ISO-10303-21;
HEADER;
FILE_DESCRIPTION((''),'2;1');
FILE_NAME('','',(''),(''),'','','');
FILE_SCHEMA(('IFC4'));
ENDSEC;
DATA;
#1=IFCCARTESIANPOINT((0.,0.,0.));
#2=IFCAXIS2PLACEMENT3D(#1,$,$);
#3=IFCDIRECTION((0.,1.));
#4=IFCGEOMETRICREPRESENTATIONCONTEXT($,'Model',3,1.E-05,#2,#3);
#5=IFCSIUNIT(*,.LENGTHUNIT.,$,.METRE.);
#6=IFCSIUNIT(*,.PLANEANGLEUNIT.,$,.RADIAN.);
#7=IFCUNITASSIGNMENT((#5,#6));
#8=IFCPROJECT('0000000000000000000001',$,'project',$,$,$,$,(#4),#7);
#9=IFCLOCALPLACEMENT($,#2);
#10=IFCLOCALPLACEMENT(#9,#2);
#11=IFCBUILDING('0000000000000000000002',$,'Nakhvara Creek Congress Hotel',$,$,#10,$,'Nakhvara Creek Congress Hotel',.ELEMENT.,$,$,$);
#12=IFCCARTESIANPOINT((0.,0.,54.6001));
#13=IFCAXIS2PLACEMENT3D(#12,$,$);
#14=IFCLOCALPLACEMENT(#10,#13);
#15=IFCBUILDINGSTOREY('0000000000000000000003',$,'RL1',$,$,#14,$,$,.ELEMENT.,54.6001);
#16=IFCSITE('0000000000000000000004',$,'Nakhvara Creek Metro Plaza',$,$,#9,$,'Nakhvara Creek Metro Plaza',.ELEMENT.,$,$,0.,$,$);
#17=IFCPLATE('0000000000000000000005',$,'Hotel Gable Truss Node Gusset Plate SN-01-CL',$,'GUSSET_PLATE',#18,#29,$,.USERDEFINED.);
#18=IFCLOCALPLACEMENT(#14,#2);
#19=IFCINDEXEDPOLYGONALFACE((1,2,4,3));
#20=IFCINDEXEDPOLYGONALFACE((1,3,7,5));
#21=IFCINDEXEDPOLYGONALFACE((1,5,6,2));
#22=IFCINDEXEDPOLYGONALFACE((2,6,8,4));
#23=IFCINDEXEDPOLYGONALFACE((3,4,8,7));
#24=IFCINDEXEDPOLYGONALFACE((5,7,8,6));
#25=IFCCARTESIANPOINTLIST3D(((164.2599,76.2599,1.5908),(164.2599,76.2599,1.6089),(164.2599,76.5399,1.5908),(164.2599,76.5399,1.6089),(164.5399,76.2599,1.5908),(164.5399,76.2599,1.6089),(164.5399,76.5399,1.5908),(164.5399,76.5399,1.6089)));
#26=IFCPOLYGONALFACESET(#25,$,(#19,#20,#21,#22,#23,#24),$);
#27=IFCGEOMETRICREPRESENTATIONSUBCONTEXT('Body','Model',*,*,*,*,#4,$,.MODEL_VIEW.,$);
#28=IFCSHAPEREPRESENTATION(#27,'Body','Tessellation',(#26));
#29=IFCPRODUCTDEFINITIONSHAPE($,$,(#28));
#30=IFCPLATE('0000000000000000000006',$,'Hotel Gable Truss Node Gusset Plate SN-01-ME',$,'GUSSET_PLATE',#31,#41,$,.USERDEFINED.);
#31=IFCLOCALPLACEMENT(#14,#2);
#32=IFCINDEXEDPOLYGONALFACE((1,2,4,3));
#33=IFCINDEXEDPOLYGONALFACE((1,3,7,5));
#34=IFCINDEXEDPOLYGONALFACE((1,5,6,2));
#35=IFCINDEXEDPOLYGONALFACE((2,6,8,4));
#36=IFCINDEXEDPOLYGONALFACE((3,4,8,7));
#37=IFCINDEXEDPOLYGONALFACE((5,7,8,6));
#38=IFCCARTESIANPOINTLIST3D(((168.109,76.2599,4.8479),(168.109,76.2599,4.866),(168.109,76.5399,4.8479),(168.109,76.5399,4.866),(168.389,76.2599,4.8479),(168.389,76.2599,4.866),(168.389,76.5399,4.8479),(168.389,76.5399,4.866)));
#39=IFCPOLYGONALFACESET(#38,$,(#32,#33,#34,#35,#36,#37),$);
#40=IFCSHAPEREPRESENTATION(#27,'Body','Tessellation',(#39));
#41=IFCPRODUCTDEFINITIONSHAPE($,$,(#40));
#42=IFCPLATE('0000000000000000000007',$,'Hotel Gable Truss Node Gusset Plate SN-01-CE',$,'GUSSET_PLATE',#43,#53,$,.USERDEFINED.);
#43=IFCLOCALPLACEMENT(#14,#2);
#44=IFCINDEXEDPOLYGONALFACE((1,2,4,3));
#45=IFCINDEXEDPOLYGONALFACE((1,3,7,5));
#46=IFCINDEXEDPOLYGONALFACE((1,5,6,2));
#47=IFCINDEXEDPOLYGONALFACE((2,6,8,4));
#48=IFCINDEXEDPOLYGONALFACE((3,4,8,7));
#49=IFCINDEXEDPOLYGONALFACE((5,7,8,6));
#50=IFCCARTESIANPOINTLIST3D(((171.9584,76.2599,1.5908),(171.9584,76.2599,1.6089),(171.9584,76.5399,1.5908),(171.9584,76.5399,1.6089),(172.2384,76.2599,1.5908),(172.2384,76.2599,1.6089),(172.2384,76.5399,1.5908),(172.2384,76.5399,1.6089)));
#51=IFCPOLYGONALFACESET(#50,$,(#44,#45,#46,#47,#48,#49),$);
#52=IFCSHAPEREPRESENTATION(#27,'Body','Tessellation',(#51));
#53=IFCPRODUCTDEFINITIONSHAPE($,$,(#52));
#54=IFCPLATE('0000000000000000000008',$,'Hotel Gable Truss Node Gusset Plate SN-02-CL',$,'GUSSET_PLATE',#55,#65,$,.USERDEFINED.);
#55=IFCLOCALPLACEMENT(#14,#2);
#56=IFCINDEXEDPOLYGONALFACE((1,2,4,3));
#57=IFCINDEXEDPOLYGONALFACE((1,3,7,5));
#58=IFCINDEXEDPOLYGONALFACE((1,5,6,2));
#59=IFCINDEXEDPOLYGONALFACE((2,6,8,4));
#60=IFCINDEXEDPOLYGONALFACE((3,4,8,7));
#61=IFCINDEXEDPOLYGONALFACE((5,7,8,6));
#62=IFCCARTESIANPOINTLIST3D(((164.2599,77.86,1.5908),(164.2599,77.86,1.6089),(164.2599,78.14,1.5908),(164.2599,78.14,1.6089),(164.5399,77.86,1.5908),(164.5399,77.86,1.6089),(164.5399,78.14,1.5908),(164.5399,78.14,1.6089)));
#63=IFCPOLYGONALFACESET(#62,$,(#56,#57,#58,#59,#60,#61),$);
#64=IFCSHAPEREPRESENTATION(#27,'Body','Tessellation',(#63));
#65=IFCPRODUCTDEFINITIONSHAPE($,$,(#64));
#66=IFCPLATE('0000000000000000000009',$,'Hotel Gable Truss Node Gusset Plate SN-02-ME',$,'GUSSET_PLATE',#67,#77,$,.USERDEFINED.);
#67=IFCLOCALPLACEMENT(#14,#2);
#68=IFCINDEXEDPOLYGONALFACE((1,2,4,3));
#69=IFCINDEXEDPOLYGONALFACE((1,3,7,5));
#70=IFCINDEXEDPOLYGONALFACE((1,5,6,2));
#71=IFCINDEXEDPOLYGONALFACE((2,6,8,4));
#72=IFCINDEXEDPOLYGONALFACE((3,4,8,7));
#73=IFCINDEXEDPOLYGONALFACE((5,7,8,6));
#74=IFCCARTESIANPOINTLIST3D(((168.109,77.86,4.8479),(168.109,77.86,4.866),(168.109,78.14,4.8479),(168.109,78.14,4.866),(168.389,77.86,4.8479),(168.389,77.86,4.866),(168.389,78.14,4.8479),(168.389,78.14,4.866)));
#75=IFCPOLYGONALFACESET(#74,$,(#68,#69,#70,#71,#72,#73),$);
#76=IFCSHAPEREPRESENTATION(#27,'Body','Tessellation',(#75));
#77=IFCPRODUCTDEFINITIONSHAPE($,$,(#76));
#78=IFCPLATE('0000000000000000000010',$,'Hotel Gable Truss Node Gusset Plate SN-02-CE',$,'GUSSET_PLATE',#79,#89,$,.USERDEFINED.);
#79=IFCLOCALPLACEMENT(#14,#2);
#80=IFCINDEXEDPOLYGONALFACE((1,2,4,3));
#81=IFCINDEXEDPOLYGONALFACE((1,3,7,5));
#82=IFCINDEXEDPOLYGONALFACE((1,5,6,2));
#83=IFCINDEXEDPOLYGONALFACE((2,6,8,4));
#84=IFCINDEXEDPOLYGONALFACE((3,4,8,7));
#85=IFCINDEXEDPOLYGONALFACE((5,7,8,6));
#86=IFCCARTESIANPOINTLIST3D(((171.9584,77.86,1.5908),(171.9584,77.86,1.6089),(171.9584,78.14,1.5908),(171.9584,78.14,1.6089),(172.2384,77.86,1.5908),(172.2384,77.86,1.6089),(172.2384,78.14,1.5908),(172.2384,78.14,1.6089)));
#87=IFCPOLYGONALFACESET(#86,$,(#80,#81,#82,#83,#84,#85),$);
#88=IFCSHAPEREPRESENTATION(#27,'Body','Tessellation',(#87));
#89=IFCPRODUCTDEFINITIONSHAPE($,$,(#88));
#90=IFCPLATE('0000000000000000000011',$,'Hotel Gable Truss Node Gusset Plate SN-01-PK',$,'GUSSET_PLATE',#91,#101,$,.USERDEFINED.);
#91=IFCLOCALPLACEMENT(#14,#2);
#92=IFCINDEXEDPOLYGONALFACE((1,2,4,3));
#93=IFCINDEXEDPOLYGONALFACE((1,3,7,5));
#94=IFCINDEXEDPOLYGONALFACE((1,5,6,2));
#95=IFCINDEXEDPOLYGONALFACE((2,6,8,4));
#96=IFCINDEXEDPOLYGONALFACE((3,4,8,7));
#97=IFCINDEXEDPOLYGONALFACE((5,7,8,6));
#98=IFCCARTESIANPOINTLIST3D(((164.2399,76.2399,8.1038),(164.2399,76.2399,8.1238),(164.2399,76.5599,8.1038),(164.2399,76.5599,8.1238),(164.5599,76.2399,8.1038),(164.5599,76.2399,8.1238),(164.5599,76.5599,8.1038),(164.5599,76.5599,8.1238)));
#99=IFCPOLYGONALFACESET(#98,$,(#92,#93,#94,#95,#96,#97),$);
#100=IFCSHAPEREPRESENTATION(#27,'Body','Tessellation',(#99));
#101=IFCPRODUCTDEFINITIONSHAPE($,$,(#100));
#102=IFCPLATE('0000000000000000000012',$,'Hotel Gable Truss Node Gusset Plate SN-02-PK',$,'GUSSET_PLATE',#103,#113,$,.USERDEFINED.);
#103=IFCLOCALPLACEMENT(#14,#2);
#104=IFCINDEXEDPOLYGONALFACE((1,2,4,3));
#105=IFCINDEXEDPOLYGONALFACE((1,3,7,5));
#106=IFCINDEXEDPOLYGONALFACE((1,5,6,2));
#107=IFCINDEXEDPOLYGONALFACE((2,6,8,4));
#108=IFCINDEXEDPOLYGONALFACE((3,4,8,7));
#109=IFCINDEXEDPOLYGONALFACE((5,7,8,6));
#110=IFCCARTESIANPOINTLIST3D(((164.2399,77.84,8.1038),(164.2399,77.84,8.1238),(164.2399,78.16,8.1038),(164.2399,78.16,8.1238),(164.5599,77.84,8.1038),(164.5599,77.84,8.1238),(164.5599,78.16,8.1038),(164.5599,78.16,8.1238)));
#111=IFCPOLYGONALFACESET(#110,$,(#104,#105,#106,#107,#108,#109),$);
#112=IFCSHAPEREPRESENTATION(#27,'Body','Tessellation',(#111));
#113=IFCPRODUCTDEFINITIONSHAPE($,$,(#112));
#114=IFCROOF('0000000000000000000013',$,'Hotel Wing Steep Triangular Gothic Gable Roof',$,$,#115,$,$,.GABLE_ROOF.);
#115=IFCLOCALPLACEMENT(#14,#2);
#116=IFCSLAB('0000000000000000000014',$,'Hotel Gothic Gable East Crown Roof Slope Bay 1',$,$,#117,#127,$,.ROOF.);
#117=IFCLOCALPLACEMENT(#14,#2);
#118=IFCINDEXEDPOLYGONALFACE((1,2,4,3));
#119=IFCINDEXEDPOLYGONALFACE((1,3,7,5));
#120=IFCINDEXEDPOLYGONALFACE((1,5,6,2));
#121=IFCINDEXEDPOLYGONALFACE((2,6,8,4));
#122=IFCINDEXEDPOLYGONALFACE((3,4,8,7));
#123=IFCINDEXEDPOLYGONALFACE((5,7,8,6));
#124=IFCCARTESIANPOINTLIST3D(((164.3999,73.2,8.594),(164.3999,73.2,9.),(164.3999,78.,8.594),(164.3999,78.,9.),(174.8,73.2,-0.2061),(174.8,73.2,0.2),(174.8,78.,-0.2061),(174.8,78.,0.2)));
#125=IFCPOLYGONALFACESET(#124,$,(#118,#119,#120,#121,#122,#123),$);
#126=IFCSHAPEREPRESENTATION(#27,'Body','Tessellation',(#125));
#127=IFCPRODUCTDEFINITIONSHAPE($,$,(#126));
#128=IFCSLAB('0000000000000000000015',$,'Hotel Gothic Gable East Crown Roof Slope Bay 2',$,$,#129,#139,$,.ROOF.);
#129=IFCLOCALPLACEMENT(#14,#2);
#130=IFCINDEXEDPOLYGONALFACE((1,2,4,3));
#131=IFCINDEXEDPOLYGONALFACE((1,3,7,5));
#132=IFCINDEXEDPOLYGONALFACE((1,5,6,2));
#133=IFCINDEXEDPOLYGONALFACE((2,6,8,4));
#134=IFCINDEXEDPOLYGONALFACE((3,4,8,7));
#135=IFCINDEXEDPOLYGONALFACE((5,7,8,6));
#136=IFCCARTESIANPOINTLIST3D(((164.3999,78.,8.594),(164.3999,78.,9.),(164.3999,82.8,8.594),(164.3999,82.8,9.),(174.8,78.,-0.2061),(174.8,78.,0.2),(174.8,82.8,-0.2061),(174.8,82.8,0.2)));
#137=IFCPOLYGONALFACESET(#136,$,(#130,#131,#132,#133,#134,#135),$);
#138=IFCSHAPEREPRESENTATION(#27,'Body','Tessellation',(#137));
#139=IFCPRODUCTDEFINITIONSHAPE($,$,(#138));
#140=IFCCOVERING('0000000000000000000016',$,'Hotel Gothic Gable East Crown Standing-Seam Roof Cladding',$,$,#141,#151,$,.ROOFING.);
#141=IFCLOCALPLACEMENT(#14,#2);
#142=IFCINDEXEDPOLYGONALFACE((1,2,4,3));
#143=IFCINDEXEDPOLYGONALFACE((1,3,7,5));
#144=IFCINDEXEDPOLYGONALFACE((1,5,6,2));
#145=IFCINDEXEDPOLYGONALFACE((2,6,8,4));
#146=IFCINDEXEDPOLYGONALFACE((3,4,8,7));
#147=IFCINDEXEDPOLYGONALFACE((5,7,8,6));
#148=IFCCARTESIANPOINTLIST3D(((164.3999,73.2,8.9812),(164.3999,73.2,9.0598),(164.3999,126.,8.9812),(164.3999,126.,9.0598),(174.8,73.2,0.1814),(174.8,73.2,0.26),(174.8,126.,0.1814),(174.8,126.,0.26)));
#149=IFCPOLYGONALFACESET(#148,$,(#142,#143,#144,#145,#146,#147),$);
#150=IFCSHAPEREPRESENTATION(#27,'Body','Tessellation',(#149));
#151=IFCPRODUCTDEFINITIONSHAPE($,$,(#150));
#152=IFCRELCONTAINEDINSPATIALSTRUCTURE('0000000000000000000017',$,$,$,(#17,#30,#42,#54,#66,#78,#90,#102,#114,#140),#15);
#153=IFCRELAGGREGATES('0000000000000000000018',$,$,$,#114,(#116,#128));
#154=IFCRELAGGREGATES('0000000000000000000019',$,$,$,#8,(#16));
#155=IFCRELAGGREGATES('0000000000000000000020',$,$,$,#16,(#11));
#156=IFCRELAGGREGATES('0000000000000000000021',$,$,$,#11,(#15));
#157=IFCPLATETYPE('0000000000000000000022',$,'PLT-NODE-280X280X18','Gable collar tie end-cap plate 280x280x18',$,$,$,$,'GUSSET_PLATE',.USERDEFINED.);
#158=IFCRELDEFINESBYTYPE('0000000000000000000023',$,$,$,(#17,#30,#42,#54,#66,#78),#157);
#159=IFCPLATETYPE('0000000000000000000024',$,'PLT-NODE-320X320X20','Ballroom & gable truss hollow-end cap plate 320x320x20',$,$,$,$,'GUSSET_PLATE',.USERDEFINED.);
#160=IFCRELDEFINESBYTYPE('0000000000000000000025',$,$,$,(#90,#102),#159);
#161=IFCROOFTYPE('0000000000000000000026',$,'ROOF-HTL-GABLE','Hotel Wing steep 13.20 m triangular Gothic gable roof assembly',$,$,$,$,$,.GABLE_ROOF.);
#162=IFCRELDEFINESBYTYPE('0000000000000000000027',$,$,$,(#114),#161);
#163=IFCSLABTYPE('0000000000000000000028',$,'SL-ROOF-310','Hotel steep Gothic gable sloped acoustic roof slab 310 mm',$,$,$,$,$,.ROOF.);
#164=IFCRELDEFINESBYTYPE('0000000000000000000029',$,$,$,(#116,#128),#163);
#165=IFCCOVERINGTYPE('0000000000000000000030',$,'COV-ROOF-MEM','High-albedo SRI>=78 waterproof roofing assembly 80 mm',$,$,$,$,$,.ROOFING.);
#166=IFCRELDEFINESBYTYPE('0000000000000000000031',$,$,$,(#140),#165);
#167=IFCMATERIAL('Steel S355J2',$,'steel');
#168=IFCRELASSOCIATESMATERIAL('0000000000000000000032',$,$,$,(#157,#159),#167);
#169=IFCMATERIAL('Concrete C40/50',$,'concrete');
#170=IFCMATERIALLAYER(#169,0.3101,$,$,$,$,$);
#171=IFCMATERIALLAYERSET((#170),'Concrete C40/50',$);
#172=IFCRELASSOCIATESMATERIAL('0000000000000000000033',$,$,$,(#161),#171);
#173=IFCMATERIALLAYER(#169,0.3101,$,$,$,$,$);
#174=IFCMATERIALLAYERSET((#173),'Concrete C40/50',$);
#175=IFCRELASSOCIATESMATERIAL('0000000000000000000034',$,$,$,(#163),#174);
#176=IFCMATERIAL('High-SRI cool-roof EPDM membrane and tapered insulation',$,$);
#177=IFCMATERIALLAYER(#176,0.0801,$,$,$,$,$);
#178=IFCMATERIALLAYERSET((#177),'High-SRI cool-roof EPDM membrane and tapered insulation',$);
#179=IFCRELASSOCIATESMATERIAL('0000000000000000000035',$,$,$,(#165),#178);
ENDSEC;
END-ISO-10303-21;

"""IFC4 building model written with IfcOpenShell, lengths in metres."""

from ifc_helpers import new_model, si_unit, direction, frame, origin, origin_2d, place, context, subcontext, project, spatial, polyline, rectangle, outline, extrude, material, layer, layer_set, type_object, element, aggregate, save


model = new_model("IFC4")

# Units and contexts
model_context = context("Model", 3, precision=1e-05, world=origin(), true_north=direction((0.0, 1.0)))
body_context = subcontext(model_context, "Body", "Model", "MODEL_VIEW")
ifc_project = project(units=[si_unit("LENGTHUNIT", "METRE"), si_unit("PLANEANGLEUNIT", "RADIAN")], contexts=[model_context])

# Site, building, storey
site_placement = place(None, origin())
site = spatial("IfcSite", under=ifc_project, at=site_placement, Name="Nakhvara Creek Metro Plaza", LongName="Nakhvara Creek Metro Plaza", CompositionType="ELEMENT", RefElevation=0.0)
building_placement = place(site_placement, origin())
building = spatial("IfcBuilding", under=site, at=building_placement, Name="Nakhvara Creek Congress Hotel", LongName="Nakhvara Creek Congress Hotel", CompositionType="ELEMENT")
storey_placement = place(building_placement, frame((0.0, 0.0, 54.6001)))
storey = spatial("IfcBuildingStorey", under=building, at=storey_placement, Name="RL1", CompositionType="ELEMENT", Elevation=54.6001)

# Shared definitions
ifc_material_1 = material(Name="Steel S355J2", Category="steel")

# Plates
plate_type_1 = type_object("IfcPlateType", Name="PLT-NODE-280X280X18", Description="Gable collar tie end-cap plate 280x280x18", ElementType="GUSSET_PLATE", PredefinedType="USERDEFINED", material=ifc_material_1)
for number, where, z_axis, x_axis, name in (
    (1, (164.3999, 76.3999, 1.5908), (0.0, 0.0, 1.0), (1.0, 0.0, 0.0), "Hotel Gable Truss Node Gusset Plate SN-01-CL"),
    (2, (168.249, 76.3999, 4.8479), (0.0, 0.0, 1.0), (1.0, 0.0, 0.0), "Hotel Gable Truss Node Gusset Plate SN-01-ME"),
    (3, (172.0984, 76.3999, 1.5908), (0.0, 0.0, 1.0), (1.0, 0.0, 0.0), "Hotel Gable Truss Node Gusset Plate SN-01-CE"),
    (4, (164.3999, 78.0, 1.5908), (0.0, 0.0, 1.0), (1.0, 0.0, 0.0), "Hotel Gable Truss Node Gusset Plate SN-02-CL"),
    (5, (168.249, 78.0, 4.8479), (0.0, 0.0, 1.0), (1.0, 0.0, 0.0), "Hotel Gable Truss Node Gusset Plate SN-02-ME"),
    (6, (172.0984, 78.0, 1.5908), (0.0, 0.0, 1.0), (1.0, 0.0, 0.0), "Hotel Gable Truss Node Gusset Plate SN-02-CE"),
):
    element("IfcPlate", number, at=place(storey_placement, frame(where, z_axis=z_axis, x_axis=x_axis)), inside=storey, type_object=plate_type_1, Name=name, ObjectType="GUSSET_PLATE", PredefinedType="USERDEFINED", context=body_context, shape_type="SweptSolid", body=[
        extrude(rectangle(XDim=0.28, YDim=0.28, at=origin_2d()), origin(), (0.0, 0.0, 1.0), 0.0181),
    ])
plate_type_2 = type_object("IfcPlateType", Name="PLT-NODE-320X320X20", Description="Ballroom & gable truss hollow-end cap plate 320x320x20", ElementType="GUSSET_PLATE", PredefinedType="USERDEFINED", material=ifc_material_1)
for number, where, z_axis, x_axis, name in (
    (7, (164.3999, 76.3999, 8.1038), (0.0, 0.0, 1.0), (1.0, 0.0, 0.0), "Hotel Gable Truss Node Gusset Plate SN-01-PK"),
    (8, (164.3999, 78.0, 8.1038), (0.0, 0.0, 1.0), (1.0, 0.0, 0.0), "Hotel Gable Truss Node Gusset Plate SN-02-PK"),
):
    element("IfcPlate", number, at=place(storey_placement, frame(where, z_axis=z_axis, x_axis=x_axis)), inside=storey, type_object=plate_type_2, Name=name, ObjectType="GUSSET_PLATE", PredefinedType="USERDEFINED", context=body_context, shape_type="SweptSolid", body=[
        extrude(rectangle(XDim=0.3201, YDim=0.3201, at=origin_2d()), origin(), (0.0, 0.0, 1.0), 0.02),
    ])

# Roof, slabs
ifc_material_2 = material(Name="Concrete C40/50", Category="concrete")
ifc_layer_1 = layer(ifc_material_2, 0.3101)
ifc_layer_set_1 = layer_set([ifc_layer_1], Name="Concrete C40/50")
roof_type = type_object("IfcRoofType", Name="ROOF-HTL-GABLE", Description="Hotel Wing steep 13.20 m triangular Gothic gable roof assembly", PredefinedType="GABLE_ROOF", material=ifc_layer_set_1)
roof_placement = place(storey_placement, origin())
roof = element("IfcRoof", 9, at=roof_placement, inside=storey, type_object=roof_type, Name="Hotel Wing Steep Triangular Gothic Gable Roof", PredefinedType="GABLE_ROOF")
ifc_layer_2 = layer(ifc_material_2, 0.3101)
ifc_layer_set_2 = layer_set([ifc_layer_2], Name="Concrete C40/50")
slab_type = type_object("IfcSlabType", Name="SL-ROOF-310", Description="Hotel steep Gothic gable sloped acoustic roof slab 310 mm", PredefinedType="ROOF", material=ifc_layer_set_2)
slab_1_placement = place(storey_placement, frame((164.3999, 73.2, 9.0), z_axis=(0.0, 0.0, 1.0), x_axis=(1.0, 0.0, 0.0)))
slab_1 = element("IfcSlab", 10, at=slab_1_placement, type_object=slab_type, Name="Hotel Gothic Gable East Crown Roof Slope Bay 1", PredefinedType="ROOF", context=body_context, shape_type="SweptSolid", body=[
    extrude(outline(polyline([(0.0, 0.0), (10.4001, -8.8), (10.4001, -9.2061), (0.0, -0.406), (0.0, 0.0)])), frame((0.0, 4.8, 0.0), z_axis=(0.0, -1.0, 0.0), x_axis=(1.0, 0.0, 0.0)), (0.0, 0.0, 1.0), 4.8),
])
slab_2_placement = place(storey_placement, frame((164.3999, 78.0, 9.0), z_axis=(0.0, 0.0, 1.0), x_axis=(1.0, 0.0, 0.0)))
slab_2 = element("IfcSlab", 11, at=slab_2_placement, type_object=slab_type, Name="Hotel Gothic Gable East Crown Roof Slope Bay 2", PredefinedType="ROOF", context=body_context, shape_type="SweptSolid", body=[
    extrude(outline(polyline([(0.0, 0.0), (10.4001, -8.8), (10.4001, -9.2061), (0.0, -0.406), (0.0, 0.0)])), frame((0.0, 4.8, 0.0), z_axis=(0.0, -1.0, 0.0), x_axis=(1.0, 0.0, 0.0)), (0.0, 0.0, 1.0), 4.8),
])
aggregate(roof, [slab_1, slab_2])

# Covering
ifc_material_3 = material(Name="High-SRI cool-roof EPDM membrane and tapered insulation")
ifc_layer_3 = layer(ifc_material_3, 0.0801)
ifc_layer_set_3 = layer_set([ifc_layer_3], Name="High-SRI cool-roof EPDM membrane and tapered insulation")
covering_type = type_object("IfcCoveringType", Name="COV-ROOF-MEM", Description="High-albedo SRI>=78 waterproof roofing assembly 80 mm", PredefinedType="ROOFING", material=ifc_layer_set_3)
covering_placement = place(storey_placement, frame((164.3999, 73.2, 9.0598), z_axis=(0.0, 0.0, 1.0), x_axis=(1.0, 0.0, 0.0)))
element("IfcCovering", 12, at=covering_placement, inside=storey, type_object=covering_type, Name="Hotel Gothic Gable East Crown Standing-Seam Roof Cladding", PredefinedType="ROOFING", context=body_context, shape_type="SweptSolid", body=[
    extrude(outline(polyline([(0.0, 0.0), (10.4001, -8.7998), (10.4001, -8.8784), (0.0, -0.0786), (0.0, 0.0)])), frame((0.0, 52.8, 0.0), z_axis=(0.0, -1.0, 0.0), x_axis=(1.0, 0.0, 0.0)), (0.0, 0.0, 1.0), 52.8),
])

save(model, "model.ifc")
